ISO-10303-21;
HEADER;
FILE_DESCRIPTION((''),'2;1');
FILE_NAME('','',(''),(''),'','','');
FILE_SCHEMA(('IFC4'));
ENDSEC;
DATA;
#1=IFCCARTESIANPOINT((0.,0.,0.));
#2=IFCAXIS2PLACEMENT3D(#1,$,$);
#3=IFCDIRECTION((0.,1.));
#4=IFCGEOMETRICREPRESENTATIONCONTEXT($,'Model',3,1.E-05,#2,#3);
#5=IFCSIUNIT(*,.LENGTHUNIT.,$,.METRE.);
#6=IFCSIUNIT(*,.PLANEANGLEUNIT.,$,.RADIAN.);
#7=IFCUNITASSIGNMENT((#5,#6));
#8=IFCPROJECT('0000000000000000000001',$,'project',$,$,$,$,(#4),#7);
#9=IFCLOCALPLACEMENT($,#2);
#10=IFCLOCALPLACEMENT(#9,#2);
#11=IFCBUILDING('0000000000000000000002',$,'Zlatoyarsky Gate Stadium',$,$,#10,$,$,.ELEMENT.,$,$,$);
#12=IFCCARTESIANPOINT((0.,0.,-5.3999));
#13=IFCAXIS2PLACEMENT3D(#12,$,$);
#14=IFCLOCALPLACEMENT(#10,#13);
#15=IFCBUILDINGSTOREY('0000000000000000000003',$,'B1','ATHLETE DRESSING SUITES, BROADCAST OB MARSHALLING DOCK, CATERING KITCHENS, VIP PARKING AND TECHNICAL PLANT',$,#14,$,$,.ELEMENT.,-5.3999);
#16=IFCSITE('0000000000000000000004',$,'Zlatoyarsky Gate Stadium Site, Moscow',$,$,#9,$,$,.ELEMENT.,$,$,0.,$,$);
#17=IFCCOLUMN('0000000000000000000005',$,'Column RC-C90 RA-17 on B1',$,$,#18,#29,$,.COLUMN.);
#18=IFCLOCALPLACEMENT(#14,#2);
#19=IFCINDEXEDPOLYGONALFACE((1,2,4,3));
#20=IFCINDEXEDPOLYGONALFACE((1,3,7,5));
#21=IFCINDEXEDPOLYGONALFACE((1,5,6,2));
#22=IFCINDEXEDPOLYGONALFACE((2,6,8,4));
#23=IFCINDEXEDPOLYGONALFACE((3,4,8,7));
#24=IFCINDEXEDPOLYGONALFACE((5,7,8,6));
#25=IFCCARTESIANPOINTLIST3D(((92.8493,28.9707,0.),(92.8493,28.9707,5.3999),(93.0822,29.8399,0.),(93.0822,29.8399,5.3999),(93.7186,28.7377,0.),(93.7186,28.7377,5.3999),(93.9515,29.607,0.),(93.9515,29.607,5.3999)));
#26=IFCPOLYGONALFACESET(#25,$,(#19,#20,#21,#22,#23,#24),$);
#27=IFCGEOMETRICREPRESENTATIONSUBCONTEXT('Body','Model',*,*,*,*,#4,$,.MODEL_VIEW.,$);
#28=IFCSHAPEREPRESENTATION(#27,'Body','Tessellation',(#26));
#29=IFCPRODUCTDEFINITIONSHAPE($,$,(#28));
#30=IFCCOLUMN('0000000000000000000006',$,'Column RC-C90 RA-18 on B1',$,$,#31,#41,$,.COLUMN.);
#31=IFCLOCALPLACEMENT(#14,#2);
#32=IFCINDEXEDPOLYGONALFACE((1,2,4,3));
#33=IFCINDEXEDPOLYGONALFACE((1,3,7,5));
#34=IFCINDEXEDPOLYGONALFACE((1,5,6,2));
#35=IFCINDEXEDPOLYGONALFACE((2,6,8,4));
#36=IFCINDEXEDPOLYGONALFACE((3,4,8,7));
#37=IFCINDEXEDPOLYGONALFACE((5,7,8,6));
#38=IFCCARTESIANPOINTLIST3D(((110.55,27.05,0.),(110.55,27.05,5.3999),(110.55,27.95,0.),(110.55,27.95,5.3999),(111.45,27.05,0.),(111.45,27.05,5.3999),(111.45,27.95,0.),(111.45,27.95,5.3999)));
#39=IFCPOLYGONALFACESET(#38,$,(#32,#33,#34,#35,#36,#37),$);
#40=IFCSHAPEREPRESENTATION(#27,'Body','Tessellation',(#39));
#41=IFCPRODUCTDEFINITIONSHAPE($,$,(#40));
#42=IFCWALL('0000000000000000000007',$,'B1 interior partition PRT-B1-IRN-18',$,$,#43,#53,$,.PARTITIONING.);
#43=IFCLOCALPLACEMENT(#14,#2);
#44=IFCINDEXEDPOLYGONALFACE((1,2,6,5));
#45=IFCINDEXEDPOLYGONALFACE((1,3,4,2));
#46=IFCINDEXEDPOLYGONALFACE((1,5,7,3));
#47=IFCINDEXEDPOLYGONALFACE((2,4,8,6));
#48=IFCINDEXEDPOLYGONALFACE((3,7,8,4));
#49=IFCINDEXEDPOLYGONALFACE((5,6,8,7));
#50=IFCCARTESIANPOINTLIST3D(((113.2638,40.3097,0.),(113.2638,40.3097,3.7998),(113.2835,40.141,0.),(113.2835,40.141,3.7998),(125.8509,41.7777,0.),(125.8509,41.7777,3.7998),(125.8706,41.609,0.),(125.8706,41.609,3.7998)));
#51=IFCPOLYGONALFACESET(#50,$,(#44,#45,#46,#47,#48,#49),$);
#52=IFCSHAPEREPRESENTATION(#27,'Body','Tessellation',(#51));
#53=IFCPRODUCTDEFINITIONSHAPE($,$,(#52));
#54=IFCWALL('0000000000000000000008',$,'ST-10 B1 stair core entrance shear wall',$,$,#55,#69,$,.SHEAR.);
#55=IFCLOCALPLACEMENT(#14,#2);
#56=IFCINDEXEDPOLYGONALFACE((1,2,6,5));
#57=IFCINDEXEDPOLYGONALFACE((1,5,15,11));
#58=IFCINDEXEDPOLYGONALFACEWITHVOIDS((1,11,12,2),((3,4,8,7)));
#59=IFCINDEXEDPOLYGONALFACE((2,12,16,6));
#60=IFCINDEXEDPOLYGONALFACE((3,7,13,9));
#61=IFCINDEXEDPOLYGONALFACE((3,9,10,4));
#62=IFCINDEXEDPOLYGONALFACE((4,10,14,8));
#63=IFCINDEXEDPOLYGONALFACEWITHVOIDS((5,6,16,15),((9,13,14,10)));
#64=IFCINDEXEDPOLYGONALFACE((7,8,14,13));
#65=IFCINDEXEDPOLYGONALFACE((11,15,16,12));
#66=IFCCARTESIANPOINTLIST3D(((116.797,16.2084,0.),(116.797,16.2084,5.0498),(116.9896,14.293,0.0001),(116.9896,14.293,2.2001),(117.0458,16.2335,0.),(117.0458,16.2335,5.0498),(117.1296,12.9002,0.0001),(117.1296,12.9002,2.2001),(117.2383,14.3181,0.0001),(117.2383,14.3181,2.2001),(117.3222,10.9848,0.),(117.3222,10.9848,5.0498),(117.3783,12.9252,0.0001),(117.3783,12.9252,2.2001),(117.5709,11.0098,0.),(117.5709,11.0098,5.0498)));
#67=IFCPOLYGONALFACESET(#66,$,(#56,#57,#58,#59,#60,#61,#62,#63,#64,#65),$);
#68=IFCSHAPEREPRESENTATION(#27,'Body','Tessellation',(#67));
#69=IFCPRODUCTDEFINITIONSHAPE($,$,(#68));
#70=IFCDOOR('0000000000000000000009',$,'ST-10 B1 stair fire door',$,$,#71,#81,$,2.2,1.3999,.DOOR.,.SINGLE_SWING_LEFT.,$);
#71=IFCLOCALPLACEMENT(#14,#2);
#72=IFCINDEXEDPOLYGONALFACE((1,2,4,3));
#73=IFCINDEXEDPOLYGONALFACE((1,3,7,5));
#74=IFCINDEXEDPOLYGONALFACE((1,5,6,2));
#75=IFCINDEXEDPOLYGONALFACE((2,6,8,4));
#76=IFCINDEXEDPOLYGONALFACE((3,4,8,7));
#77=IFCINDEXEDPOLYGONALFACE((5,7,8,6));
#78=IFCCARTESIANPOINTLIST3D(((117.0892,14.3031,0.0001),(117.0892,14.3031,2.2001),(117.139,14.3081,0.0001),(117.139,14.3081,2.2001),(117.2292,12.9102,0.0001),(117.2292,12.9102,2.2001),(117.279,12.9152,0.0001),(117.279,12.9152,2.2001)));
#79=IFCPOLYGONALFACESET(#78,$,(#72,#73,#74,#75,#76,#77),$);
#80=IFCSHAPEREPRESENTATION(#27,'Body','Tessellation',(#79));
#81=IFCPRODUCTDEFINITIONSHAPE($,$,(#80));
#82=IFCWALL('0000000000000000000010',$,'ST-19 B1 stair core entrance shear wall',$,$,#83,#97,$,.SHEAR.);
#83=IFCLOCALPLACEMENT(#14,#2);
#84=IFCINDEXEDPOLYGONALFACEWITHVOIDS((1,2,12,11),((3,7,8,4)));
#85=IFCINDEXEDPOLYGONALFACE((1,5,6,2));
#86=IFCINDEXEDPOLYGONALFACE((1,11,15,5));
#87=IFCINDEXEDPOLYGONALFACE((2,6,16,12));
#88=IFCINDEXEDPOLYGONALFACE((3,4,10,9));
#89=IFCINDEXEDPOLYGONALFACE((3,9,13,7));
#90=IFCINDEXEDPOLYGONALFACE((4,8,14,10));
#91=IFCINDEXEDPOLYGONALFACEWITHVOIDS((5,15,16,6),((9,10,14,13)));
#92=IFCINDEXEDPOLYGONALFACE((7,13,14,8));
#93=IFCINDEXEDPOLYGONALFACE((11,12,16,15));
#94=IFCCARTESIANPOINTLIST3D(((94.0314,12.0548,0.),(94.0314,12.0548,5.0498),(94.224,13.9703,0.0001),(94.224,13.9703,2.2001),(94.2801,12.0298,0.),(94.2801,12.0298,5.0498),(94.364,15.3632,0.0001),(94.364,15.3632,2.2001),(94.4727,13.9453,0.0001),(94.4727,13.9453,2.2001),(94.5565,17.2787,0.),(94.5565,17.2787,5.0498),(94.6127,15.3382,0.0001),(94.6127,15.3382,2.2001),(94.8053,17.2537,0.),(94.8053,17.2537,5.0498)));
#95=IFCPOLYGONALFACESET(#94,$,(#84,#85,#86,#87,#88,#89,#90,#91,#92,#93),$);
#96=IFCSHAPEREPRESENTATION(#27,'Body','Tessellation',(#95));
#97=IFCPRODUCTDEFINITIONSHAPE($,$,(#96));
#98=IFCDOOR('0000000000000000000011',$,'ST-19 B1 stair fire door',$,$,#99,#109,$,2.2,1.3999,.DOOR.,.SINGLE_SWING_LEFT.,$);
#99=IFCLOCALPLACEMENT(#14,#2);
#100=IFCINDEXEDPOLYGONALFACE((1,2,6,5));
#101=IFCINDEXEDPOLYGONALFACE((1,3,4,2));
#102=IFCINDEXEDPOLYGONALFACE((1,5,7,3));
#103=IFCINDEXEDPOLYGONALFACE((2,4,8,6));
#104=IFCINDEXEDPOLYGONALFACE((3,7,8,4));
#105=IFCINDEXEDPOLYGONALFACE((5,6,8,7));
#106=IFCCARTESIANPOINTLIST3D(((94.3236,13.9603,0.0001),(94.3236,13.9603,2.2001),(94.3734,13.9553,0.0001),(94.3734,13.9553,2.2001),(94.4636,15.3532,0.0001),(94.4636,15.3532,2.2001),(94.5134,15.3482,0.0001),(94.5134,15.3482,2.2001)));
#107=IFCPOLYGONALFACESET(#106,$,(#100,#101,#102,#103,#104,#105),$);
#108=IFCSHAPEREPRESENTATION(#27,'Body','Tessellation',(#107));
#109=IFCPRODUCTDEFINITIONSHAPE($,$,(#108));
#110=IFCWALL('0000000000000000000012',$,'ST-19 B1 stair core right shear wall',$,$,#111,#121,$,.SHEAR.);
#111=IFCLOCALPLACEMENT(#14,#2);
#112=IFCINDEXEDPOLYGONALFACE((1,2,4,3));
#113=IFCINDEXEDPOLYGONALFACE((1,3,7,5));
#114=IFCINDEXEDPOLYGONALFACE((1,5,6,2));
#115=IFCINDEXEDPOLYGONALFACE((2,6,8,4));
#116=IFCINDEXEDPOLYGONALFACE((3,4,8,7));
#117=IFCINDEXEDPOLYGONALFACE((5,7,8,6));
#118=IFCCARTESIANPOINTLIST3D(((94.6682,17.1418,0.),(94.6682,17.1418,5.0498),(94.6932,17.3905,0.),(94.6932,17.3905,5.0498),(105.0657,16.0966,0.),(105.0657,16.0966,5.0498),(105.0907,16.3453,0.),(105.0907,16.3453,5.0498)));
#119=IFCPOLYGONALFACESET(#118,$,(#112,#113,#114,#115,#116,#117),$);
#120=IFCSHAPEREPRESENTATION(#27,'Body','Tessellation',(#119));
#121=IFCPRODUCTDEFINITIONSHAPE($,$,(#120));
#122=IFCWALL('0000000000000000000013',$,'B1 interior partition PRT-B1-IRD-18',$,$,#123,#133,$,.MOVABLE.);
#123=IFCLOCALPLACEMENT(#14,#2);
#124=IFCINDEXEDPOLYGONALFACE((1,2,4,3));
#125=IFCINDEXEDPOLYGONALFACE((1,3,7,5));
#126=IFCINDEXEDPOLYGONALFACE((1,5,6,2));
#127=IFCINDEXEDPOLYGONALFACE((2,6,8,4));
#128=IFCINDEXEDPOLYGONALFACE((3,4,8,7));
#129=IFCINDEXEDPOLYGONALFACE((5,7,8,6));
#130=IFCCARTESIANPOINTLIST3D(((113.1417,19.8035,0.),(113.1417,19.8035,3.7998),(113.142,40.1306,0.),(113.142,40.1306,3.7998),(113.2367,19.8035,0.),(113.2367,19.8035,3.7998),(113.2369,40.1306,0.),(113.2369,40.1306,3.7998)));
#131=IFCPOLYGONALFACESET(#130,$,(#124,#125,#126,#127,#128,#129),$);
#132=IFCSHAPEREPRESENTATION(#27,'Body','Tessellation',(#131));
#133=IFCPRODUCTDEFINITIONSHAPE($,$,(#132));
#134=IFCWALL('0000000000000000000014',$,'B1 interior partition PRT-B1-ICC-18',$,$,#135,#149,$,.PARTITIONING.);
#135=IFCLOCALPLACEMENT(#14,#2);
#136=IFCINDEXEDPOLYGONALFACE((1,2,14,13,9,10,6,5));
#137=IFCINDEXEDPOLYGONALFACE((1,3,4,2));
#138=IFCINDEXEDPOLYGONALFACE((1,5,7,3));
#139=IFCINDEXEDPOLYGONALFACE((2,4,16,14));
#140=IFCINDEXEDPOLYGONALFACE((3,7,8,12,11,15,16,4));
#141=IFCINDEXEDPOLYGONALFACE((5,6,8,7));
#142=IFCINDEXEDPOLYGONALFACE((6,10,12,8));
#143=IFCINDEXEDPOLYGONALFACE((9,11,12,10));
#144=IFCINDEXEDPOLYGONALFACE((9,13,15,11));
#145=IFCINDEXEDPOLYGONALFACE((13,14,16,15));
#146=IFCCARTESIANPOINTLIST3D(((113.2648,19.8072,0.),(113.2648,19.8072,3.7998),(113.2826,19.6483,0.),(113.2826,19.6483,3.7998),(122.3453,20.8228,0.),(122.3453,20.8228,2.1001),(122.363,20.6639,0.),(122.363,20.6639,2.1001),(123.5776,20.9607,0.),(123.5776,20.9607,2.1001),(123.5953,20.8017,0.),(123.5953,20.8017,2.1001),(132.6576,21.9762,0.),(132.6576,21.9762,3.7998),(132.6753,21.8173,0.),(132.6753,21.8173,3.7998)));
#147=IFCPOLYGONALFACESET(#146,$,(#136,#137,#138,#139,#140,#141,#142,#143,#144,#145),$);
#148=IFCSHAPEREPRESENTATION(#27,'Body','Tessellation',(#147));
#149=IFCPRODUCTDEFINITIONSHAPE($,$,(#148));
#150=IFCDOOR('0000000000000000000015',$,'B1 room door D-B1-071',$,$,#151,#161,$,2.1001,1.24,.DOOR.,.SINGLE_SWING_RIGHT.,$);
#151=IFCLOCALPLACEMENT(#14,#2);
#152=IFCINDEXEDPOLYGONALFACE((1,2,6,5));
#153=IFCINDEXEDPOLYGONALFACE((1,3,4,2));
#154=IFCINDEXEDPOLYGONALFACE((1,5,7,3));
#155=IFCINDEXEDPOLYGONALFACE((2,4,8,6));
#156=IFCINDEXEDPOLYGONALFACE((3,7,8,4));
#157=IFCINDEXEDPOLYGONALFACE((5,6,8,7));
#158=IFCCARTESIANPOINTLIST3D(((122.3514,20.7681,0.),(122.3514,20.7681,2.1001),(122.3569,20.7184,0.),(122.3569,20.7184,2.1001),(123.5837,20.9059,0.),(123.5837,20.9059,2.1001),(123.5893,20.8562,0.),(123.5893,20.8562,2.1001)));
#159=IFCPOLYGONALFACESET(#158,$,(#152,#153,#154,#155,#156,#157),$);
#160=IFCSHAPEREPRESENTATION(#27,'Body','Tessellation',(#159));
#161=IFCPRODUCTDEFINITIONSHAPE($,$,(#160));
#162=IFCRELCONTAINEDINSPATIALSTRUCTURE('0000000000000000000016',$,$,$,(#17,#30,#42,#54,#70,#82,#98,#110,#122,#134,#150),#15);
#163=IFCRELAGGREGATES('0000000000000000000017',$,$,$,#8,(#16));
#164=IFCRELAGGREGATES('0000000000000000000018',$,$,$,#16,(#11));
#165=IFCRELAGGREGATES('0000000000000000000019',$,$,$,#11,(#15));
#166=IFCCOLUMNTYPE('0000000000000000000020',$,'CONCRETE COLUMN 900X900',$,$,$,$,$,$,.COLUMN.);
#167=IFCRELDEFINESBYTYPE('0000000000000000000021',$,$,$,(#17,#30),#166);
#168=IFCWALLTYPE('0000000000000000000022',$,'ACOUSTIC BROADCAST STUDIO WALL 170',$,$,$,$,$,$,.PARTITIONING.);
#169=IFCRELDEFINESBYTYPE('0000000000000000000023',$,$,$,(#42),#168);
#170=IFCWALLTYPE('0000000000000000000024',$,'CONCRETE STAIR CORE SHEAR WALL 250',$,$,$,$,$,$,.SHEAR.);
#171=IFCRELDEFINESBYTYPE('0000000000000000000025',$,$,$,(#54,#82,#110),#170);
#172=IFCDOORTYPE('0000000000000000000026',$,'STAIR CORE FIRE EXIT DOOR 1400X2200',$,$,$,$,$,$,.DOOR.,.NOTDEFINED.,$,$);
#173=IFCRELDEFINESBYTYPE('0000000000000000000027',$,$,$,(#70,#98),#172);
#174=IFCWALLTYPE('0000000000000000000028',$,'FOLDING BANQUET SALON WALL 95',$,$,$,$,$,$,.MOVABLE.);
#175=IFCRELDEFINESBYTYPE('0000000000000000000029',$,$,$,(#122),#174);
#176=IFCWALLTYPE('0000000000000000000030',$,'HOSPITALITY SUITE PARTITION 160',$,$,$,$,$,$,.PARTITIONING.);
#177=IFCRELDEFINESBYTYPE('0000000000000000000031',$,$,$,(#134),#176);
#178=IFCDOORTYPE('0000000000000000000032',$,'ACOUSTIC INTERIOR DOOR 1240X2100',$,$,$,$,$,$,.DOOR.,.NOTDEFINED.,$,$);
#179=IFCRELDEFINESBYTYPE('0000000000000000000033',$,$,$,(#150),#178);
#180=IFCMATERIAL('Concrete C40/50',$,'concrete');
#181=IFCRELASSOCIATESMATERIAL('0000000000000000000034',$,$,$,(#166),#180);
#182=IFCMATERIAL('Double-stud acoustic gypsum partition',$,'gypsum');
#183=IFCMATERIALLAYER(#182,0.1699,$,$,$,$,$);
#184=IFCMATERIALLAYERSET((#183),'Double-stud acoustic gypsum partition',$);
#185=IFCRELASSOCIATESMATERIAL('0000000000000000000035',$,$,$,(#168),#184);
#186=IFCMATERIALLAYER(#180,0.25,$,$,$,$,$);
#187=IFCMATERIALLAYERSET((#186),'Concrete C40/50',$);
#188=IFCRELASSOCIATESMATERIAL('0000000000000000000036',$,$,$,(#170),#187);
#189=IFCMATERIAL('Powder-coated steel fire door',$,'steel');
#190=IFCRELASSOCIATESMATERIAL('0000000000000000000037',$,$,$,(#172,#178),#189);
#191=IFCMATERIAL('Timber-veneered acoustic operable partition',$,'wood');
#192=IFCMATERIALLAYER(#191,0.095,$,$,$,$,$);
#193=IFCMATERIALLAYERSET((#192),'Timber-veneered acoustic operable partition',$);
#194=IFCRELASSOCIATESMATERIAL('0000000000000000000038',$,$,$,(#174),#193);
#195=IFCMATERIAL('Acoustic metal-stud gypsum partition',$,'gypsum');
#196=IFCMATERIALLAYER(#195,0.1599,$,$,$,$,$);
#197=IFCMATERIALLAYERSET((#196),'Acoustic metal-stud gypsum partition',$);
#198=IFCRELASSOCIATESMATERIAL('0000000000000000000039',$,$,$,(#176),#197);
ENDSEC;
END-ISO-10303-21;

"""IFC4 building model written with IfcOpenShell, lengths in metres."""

from ifc_helpers import new_model, si_unit, direction, frame, frame_2d, origin, origin_2d, place, context, subcontext, project, spatial, rectangle, extrude, material, layer, layer_set, material_profile, profile_set, type_object, element, fill, save


model = new_model("IFC4")

# Units and contexts
model_context = context("Model", 3, precision=1e-05, world=origin(), true_north=direction((0.0, 1.0)))
body_context = subcontext(model_context, "Body", "Model", "MODEL_VIEW")
ifc_project = project(units=[si_unit("LENGTHUNIT", "METRE"), si_unit("PLANEANGLEUNIT", "RADIAN")], contexts=[model_context])

# Site, building, storey
site_placement = place(None, origin())
site = spatial("IfcSite", under=ifc_project, at=site_placement, Name="Zlatoyarsky Gate Stadium Site, Moscow", CompositionType="ELEMENT", RefElevation=0.0)
building_placement = place(site_placement, origin())
building = spatial("IfcBuilding", under=site, at=building_placement, Name="Zlatoyarsky Gate Stadium", CompositionType="ELEMENT")
storey_placement = place(building_placement, frame((0.0, 0.0, -5.3999)))
storey = spatial("IfcBuildingStorey", under=building, at=storey_placement, Name="B1", Description="ATHLETE DRESSING SUITES, BROADCAST OB MARSHALLING DOCK, CATERING KITCHENS, VIP PARKING AND TECHNICAL PLANT", CompositionType="ELEMENT", Elevation=-5.3999)

# Columns
ifc_material_1 = material(Name="Concrete C40/50", Category="concrete")
ifc_material_profile_1 = material_profile(ifc_material_1, rectangle(XDim=0.8999, YDim=0.8999, at=origin_2d()), Name="RC COL 900X900")
ifc_profile_set_1 = profile_set([ifc_material_profile_1], Name="Concrete C40/50")
column_type_1 = type_object("IfcColumnType", Name="CONCRETE COLUMN 900X900", PredefinedType="COLUMN", material=ifc_profile_set_1)
for number, where, z_axis, x_axis, name in (
    (1, (93.4004, 29.2888, 0.0), (0.0, 0.0, 1.0), (-0.258819, -0.965926, 0.0), "Column RC-C90 RA-17 on B1"),
    (2, (111.0, 27.5, 0.0), (0.0, 0.0, 1.0), (0.0, -1.0, 0.0), "Column RC-C90 RA-18 on B1"),
):
    element("IfcColumn", number, at=place(storey_placement, frame(where, z_axis=z_axis, x_axis=x_axis)), inside=storey, type_object=column_type_1, Name=name, PredefinedType="COLUMN", context=body_context, shape_type="SweptSolid", body=[
        extrude(rectangle(XDim=0.8999, YDim=0.8999, at=origin_2d()), origin(), (0.0, 0.0, 1.0), 5.3999),
    ])

# Wall
ifc_material_2 = material(Name="Double-stud acoustic gypsum partition", Category="gypsum")
ifc_layer_1 = layer(ifc_material_2, 0.1699)
ifc_layer_set_1 = layer_set([ifc_layer_1], Name="Double-stud acoustic gypsum partition")
wall_type_1 = type_object("IfcWallType", Name="ACOUSTIC BROADCAST STUDIO WALL 170", PredefinedType="PARTITIONING", material=ifc_layer_set_1)
wall_1_placement = place(storey_placement, frame((113.2737, 40.2253, 0.0), z_axis=(0.0, 0.0, 1.0), x_axis=(0.993268, 0.115843, 0.0)))
element("IfcWall", 3, at=wall_1_placement, inside=storey, type_object=wall_type_1, Name="B1 interior partition PRT-B1-IRN-18", PredefinedType="PARTITIONING", context=body_context, shape_type="SweptSolid", body=[
    extrude(rectangle(XDim=12.6724, YDim=0.1699, at=frame_2d((6.3362, 0.0))), origin(), (0.0, 0.0, 1.0), 3.7998),
])

# Walls, openings, doors
ifc_layer_2 = layer(ifc_material_1, 0.25)
ifc_layer_set_2 = layer_set([ifc_layer_2], Name="Concrete C40/50")
wall_type_2 = type_object("IfcWallType", Name="CONCRETE STAIR CORE SHEAR WALL 250", PredefinedType="SHEAR", material=ifc_layer_set_2)
wall_2_placement = place(storey_placement, frame((116.9214, 16.2209, 0.0), z_axis=(0.0, 0.0, 1.0), x_axis=(0.100029, -0.994985, 0.0)))
wall_2 = element("IfcWall", 4, at=wall_2_placement, inside=storey, type_object=wall_type_2, Name="ST-10 B1 stair core entrance shear wall", PredefinedType="SHEAR", context=body_context, shape_type="SweptSolid", body=[
    extrude(rectangle(XDim=5.25, YDim=0.25, at=frame_2d((2.625, 0.0))), origin(), (0.0, 0.0, 1.0), 5.0498),
])
opening_1_placement = place(wall_2_placement, frame((1.925, 0.0, 0.0)))
opening_1 = element("IfcOpeningElement", 5, at=opening_1_placement, cuts=wall_2, PredefinedType="OPENING", context=body_context, shape_type="SweptSolid", body=[
    extrude(rectangle(XDim=1.3999, YDim=2.2, at=frame_2d((0.7, 1.1001))), frame((0.0, 0.135, 0.0), z_axis=(0.0, -1.0, 0.0), x_axis=(1.0, 0.0, 0.0)), (0.0, 0.0, 1.0), 0.27),
])
ifc_material_3 = material(Name="Powder-coated steel fire door", Category="steel")
door_type_1 = type_object("IfcDoorType", Name="STAIR CORE FIRE EXIT DOOR 1400X2200", OperationType="NOTDEFINED", PredefinedType="DOOR", material=ifc_material_3)
door_1_placement = place(opening_1_placement, frame((1.3999, 0.0, 0.0), z_axis=(0.0, 0.0, 1.0), x_axis=(-1.0, 0.0, 0.0)))
door_1 = element("IfcDoor", 6, at=door_1_placement, inside=storey, type_object=door_type_1, Name="ST-10 B1 stair fire door", OperationType="SINGLE_SWING_LEFT", OverallHeight=2.2, OverallWidth=1.3999, PredefinedType="DOOR", context=body_context, shape_type="SweptSolid", body=[
    extrude(rectangle(XDim=1.3999, YDim=2.2, at=frame_2d((0.7, 1.1001))), frame((0.0, 0.0249, 0.0), z_axis=(0.0, -1.0, 0.0), x_axis=(1.0, 0.0, 0.0)), (0.0, 0.0, 1.0), 0.05),
])
fill(opening_1, door_1)
wall_3_placement = place(storey_placement, frame((94.6809, 17.2661, 0.0), z_axis=(0.0, 0.0, 1.0), x_axis=(-0.100024, -0.994985, 0.0)))
wall_3 = element("IfcWall", 7, at=wall_3_placement, inside=storey, type_object=wall_type_2, Name="ST-19 B1 stair core entrance shear wall", PredefinedType="SHEAR", context=body_context, shape_type="SweptSolid", body=[
    extrude(rectangle(XDim=5.2502, YDim=0.25, at=frame_2d((2.625, 0.0))), origin(), (0.0, 0.0, 1.0), 5.0498),
])
opening_2_placement = place(wall_3_placement, frame((1.925, 0.0, 0.0)))
opening_2 = element("IfcOpeningElement", 8, at=opening_2_placement, cuts=wall_3, PredefinedType="OPENING", context=body_context, shape_type="SweptSolid", body=[
    extrude(rectangle(XDim=1.3999, YDim=2.2, at=frame_2d((0.7, 1.1001))), frame((0.0, 0.135, 0.0), z_axis=(0.0, -1.0, 0.0), x_axis=(1.0, 0.0, 0.0)), (0.0, 0.0, 1.0), 0.27),
])
door_2_placement = place(opening_2_placement, frame((1.3999, 0.0, 0.0), z_axis=(0.0, 0.0, 1.0), x_axis=(-1.0, 0.0, 0.0)))
door_2 = element("IfcDoor", 9, at=door_2_placement, inside=storey, type_object=door_type_1, Name="ST-19 B1 stair fire door", OperationType="SINGLE_SWING_LEFT", OverallHeight=2.2, OverallWidth=1.3999, PredefinedType="DOOR", context=body_context, shape_type="SweptSolid", body=[
    extrude(rectangle(XDim=1.3999, YDim=2.2, at=frame_2d((0.7, 1.1001))), frame((0.0, 0.0249, 0.0), z_axis=(0.0, -1.0, 0.0), x_axis=(1.0, 0.0, 0.0)), (0.0, 0.0, 1.0), 0.05),
])
fill(opening_2, door_2)

# Walls
wall_4_placement = place(storey_placement, frame((105.0784, 16.2209, 0.0), z_axis=(0.0, 0.0, 1.0), x_axis=(-0.994986, 0.100017, 0.0)))
element("IfcWall", 10, at=wall_4_placement, inside=storey, type_object=wall_type_2, Name="ST-19 B1 stair core right shear wall", PredefinedType="SHEAR", context=body_context, shape_type="SweptSolid", body=[
    extrude(rectangle(XDim=10.45, YDim=0.25, at=frame_2d((5.2251, 0.0))), origin(), (0.0, 0.0, 1.0), 5.0498),
])
ifc_material_4 = material(Name="Timber-veneered acoustic operable partition", Category="wood")
ifc_layer_3 = layer(ifc_material_4, 0.095)
ifc_layer_set_3 = layer_set([ifc_layer_3], Name="Timber-veneered acoustic operable partition")
wall_type_3 = type_object("IfcWallType", Name="FOLDING BANQUET SALON WALL 95", PredefinedType="MOVABLE", material=ifc_layer_set_3)
wall_5_placement = place(storey_placement, frame((113.1895, 40.1306, 0.0), z_axis=(0.0, 0.0, 1.0), x_axis=(-0.000012, -1.0, 0.0)))
element("IfcWall", 11, at=wall_5_placement, inside=storey, type_object=wall_type_3, Name="B1 interior partition PRT-B1-IRD-18", PredefinedType="MOVABLE", context=body_context, shape_type="SweptSolid", body=[
    extrude(rectangle(XDim=20.3271, YDim=0.095, at=frame_2d((10.1636, 0.0))), origin(), (0.0, 0.0, 1.0), 3.7998),
])

# Wall, opening, door
ifc_material_5 = material(Name="Acoustic metal-stud gypsum partition", Category="gypsum")
ifc_layer_4 = layer(ifc_material_5, 0.1599)
ifc_layer_set_4 = layer_set([ifc_layer_4], Name="Acoustic metal-stud gypsum partition")
wall_type_4 = type_object("IfcWallType", Name="HOSPITALITY SUITE PARTITION 160", PredefinedType="PARTITIONING", material=ifc_layer_set_4)
wall_6_placement = place(storey_placement, frame((113.2737, 19.7278, 0.0), z_axis=(0.0, 0.0, 1.0), x_axis=(0.993804, 0.11115, 0.0)))
wall_6 = element("IfcWall", 12, at=wall_6_placement, inside=storey, type_object=wall_type_4, Name="B1 interior partition PRT-B1-ICC-18", PredefinedType="PARTITIONING", context=body_context, shape_type="SweptSolid", body=[
    extrude(rectangle(XDim=19.5137, YDim=0.1599, at=frame_2d((9.7568, 0.0))), origin(), (0.0, 0.0, 1.0), 3.7998),
])
opening_3_placement = place(wall_6_placement, frame((9.137, 0.0, 0.0)))
opening_3 = element("IfcOpeningElement", 13, at=opening_3_placement, cuts=wall_6, PredefinedType="OPENING", context=body_context, shape_type="SweptSolid", body=[
    extrude(rectangle(XDim=1.24, YDim=2.1001, at=frame_2d((0.6201, 1.05))), frame((0.0, 0.0898, 0.0), z_axis=(0.0, -1.0, 0.0), x_axis=(1.0, 0.0, 0.0)), (0.0, 0.0, 1.0), 0.1799),
])
door_type_2 = type_object("IfcDoorType", Name="ACOUSTIC INTERIOR DOOR 1240X2100", OperationType="NOTDEFINED", PredefinedType="DOOR", material=ifc_material_3)
door_3_placement = place(opening_3_placement, origin())
door_3 = element("IfcDoor", 14, at=door_3_placement, inside=storey, type_object=door_type_2, Name="B1 room door D-B1-071", OperationType="SINGLE_SWING_RIGHT", OverallHeight=2.1001, OverallWidth=1.24, PredefinedType="DOOR", context=body_context, shape_type="SweptSolid", body=[
    extrude(rectangle(XDim=1.24, YDim=2.1001, at=frame_2d((0.6201, 1.05))), frame((0.0, 0.0249, 0.0), z_axis=(0.0, -1.0, 0.0), x_axis=(1.0, 0.0, 0.0)), (0.0, 0.0, 1.0), 0.05),
])
fill(opening_3, door_3)

save(model, "model.ifc")
